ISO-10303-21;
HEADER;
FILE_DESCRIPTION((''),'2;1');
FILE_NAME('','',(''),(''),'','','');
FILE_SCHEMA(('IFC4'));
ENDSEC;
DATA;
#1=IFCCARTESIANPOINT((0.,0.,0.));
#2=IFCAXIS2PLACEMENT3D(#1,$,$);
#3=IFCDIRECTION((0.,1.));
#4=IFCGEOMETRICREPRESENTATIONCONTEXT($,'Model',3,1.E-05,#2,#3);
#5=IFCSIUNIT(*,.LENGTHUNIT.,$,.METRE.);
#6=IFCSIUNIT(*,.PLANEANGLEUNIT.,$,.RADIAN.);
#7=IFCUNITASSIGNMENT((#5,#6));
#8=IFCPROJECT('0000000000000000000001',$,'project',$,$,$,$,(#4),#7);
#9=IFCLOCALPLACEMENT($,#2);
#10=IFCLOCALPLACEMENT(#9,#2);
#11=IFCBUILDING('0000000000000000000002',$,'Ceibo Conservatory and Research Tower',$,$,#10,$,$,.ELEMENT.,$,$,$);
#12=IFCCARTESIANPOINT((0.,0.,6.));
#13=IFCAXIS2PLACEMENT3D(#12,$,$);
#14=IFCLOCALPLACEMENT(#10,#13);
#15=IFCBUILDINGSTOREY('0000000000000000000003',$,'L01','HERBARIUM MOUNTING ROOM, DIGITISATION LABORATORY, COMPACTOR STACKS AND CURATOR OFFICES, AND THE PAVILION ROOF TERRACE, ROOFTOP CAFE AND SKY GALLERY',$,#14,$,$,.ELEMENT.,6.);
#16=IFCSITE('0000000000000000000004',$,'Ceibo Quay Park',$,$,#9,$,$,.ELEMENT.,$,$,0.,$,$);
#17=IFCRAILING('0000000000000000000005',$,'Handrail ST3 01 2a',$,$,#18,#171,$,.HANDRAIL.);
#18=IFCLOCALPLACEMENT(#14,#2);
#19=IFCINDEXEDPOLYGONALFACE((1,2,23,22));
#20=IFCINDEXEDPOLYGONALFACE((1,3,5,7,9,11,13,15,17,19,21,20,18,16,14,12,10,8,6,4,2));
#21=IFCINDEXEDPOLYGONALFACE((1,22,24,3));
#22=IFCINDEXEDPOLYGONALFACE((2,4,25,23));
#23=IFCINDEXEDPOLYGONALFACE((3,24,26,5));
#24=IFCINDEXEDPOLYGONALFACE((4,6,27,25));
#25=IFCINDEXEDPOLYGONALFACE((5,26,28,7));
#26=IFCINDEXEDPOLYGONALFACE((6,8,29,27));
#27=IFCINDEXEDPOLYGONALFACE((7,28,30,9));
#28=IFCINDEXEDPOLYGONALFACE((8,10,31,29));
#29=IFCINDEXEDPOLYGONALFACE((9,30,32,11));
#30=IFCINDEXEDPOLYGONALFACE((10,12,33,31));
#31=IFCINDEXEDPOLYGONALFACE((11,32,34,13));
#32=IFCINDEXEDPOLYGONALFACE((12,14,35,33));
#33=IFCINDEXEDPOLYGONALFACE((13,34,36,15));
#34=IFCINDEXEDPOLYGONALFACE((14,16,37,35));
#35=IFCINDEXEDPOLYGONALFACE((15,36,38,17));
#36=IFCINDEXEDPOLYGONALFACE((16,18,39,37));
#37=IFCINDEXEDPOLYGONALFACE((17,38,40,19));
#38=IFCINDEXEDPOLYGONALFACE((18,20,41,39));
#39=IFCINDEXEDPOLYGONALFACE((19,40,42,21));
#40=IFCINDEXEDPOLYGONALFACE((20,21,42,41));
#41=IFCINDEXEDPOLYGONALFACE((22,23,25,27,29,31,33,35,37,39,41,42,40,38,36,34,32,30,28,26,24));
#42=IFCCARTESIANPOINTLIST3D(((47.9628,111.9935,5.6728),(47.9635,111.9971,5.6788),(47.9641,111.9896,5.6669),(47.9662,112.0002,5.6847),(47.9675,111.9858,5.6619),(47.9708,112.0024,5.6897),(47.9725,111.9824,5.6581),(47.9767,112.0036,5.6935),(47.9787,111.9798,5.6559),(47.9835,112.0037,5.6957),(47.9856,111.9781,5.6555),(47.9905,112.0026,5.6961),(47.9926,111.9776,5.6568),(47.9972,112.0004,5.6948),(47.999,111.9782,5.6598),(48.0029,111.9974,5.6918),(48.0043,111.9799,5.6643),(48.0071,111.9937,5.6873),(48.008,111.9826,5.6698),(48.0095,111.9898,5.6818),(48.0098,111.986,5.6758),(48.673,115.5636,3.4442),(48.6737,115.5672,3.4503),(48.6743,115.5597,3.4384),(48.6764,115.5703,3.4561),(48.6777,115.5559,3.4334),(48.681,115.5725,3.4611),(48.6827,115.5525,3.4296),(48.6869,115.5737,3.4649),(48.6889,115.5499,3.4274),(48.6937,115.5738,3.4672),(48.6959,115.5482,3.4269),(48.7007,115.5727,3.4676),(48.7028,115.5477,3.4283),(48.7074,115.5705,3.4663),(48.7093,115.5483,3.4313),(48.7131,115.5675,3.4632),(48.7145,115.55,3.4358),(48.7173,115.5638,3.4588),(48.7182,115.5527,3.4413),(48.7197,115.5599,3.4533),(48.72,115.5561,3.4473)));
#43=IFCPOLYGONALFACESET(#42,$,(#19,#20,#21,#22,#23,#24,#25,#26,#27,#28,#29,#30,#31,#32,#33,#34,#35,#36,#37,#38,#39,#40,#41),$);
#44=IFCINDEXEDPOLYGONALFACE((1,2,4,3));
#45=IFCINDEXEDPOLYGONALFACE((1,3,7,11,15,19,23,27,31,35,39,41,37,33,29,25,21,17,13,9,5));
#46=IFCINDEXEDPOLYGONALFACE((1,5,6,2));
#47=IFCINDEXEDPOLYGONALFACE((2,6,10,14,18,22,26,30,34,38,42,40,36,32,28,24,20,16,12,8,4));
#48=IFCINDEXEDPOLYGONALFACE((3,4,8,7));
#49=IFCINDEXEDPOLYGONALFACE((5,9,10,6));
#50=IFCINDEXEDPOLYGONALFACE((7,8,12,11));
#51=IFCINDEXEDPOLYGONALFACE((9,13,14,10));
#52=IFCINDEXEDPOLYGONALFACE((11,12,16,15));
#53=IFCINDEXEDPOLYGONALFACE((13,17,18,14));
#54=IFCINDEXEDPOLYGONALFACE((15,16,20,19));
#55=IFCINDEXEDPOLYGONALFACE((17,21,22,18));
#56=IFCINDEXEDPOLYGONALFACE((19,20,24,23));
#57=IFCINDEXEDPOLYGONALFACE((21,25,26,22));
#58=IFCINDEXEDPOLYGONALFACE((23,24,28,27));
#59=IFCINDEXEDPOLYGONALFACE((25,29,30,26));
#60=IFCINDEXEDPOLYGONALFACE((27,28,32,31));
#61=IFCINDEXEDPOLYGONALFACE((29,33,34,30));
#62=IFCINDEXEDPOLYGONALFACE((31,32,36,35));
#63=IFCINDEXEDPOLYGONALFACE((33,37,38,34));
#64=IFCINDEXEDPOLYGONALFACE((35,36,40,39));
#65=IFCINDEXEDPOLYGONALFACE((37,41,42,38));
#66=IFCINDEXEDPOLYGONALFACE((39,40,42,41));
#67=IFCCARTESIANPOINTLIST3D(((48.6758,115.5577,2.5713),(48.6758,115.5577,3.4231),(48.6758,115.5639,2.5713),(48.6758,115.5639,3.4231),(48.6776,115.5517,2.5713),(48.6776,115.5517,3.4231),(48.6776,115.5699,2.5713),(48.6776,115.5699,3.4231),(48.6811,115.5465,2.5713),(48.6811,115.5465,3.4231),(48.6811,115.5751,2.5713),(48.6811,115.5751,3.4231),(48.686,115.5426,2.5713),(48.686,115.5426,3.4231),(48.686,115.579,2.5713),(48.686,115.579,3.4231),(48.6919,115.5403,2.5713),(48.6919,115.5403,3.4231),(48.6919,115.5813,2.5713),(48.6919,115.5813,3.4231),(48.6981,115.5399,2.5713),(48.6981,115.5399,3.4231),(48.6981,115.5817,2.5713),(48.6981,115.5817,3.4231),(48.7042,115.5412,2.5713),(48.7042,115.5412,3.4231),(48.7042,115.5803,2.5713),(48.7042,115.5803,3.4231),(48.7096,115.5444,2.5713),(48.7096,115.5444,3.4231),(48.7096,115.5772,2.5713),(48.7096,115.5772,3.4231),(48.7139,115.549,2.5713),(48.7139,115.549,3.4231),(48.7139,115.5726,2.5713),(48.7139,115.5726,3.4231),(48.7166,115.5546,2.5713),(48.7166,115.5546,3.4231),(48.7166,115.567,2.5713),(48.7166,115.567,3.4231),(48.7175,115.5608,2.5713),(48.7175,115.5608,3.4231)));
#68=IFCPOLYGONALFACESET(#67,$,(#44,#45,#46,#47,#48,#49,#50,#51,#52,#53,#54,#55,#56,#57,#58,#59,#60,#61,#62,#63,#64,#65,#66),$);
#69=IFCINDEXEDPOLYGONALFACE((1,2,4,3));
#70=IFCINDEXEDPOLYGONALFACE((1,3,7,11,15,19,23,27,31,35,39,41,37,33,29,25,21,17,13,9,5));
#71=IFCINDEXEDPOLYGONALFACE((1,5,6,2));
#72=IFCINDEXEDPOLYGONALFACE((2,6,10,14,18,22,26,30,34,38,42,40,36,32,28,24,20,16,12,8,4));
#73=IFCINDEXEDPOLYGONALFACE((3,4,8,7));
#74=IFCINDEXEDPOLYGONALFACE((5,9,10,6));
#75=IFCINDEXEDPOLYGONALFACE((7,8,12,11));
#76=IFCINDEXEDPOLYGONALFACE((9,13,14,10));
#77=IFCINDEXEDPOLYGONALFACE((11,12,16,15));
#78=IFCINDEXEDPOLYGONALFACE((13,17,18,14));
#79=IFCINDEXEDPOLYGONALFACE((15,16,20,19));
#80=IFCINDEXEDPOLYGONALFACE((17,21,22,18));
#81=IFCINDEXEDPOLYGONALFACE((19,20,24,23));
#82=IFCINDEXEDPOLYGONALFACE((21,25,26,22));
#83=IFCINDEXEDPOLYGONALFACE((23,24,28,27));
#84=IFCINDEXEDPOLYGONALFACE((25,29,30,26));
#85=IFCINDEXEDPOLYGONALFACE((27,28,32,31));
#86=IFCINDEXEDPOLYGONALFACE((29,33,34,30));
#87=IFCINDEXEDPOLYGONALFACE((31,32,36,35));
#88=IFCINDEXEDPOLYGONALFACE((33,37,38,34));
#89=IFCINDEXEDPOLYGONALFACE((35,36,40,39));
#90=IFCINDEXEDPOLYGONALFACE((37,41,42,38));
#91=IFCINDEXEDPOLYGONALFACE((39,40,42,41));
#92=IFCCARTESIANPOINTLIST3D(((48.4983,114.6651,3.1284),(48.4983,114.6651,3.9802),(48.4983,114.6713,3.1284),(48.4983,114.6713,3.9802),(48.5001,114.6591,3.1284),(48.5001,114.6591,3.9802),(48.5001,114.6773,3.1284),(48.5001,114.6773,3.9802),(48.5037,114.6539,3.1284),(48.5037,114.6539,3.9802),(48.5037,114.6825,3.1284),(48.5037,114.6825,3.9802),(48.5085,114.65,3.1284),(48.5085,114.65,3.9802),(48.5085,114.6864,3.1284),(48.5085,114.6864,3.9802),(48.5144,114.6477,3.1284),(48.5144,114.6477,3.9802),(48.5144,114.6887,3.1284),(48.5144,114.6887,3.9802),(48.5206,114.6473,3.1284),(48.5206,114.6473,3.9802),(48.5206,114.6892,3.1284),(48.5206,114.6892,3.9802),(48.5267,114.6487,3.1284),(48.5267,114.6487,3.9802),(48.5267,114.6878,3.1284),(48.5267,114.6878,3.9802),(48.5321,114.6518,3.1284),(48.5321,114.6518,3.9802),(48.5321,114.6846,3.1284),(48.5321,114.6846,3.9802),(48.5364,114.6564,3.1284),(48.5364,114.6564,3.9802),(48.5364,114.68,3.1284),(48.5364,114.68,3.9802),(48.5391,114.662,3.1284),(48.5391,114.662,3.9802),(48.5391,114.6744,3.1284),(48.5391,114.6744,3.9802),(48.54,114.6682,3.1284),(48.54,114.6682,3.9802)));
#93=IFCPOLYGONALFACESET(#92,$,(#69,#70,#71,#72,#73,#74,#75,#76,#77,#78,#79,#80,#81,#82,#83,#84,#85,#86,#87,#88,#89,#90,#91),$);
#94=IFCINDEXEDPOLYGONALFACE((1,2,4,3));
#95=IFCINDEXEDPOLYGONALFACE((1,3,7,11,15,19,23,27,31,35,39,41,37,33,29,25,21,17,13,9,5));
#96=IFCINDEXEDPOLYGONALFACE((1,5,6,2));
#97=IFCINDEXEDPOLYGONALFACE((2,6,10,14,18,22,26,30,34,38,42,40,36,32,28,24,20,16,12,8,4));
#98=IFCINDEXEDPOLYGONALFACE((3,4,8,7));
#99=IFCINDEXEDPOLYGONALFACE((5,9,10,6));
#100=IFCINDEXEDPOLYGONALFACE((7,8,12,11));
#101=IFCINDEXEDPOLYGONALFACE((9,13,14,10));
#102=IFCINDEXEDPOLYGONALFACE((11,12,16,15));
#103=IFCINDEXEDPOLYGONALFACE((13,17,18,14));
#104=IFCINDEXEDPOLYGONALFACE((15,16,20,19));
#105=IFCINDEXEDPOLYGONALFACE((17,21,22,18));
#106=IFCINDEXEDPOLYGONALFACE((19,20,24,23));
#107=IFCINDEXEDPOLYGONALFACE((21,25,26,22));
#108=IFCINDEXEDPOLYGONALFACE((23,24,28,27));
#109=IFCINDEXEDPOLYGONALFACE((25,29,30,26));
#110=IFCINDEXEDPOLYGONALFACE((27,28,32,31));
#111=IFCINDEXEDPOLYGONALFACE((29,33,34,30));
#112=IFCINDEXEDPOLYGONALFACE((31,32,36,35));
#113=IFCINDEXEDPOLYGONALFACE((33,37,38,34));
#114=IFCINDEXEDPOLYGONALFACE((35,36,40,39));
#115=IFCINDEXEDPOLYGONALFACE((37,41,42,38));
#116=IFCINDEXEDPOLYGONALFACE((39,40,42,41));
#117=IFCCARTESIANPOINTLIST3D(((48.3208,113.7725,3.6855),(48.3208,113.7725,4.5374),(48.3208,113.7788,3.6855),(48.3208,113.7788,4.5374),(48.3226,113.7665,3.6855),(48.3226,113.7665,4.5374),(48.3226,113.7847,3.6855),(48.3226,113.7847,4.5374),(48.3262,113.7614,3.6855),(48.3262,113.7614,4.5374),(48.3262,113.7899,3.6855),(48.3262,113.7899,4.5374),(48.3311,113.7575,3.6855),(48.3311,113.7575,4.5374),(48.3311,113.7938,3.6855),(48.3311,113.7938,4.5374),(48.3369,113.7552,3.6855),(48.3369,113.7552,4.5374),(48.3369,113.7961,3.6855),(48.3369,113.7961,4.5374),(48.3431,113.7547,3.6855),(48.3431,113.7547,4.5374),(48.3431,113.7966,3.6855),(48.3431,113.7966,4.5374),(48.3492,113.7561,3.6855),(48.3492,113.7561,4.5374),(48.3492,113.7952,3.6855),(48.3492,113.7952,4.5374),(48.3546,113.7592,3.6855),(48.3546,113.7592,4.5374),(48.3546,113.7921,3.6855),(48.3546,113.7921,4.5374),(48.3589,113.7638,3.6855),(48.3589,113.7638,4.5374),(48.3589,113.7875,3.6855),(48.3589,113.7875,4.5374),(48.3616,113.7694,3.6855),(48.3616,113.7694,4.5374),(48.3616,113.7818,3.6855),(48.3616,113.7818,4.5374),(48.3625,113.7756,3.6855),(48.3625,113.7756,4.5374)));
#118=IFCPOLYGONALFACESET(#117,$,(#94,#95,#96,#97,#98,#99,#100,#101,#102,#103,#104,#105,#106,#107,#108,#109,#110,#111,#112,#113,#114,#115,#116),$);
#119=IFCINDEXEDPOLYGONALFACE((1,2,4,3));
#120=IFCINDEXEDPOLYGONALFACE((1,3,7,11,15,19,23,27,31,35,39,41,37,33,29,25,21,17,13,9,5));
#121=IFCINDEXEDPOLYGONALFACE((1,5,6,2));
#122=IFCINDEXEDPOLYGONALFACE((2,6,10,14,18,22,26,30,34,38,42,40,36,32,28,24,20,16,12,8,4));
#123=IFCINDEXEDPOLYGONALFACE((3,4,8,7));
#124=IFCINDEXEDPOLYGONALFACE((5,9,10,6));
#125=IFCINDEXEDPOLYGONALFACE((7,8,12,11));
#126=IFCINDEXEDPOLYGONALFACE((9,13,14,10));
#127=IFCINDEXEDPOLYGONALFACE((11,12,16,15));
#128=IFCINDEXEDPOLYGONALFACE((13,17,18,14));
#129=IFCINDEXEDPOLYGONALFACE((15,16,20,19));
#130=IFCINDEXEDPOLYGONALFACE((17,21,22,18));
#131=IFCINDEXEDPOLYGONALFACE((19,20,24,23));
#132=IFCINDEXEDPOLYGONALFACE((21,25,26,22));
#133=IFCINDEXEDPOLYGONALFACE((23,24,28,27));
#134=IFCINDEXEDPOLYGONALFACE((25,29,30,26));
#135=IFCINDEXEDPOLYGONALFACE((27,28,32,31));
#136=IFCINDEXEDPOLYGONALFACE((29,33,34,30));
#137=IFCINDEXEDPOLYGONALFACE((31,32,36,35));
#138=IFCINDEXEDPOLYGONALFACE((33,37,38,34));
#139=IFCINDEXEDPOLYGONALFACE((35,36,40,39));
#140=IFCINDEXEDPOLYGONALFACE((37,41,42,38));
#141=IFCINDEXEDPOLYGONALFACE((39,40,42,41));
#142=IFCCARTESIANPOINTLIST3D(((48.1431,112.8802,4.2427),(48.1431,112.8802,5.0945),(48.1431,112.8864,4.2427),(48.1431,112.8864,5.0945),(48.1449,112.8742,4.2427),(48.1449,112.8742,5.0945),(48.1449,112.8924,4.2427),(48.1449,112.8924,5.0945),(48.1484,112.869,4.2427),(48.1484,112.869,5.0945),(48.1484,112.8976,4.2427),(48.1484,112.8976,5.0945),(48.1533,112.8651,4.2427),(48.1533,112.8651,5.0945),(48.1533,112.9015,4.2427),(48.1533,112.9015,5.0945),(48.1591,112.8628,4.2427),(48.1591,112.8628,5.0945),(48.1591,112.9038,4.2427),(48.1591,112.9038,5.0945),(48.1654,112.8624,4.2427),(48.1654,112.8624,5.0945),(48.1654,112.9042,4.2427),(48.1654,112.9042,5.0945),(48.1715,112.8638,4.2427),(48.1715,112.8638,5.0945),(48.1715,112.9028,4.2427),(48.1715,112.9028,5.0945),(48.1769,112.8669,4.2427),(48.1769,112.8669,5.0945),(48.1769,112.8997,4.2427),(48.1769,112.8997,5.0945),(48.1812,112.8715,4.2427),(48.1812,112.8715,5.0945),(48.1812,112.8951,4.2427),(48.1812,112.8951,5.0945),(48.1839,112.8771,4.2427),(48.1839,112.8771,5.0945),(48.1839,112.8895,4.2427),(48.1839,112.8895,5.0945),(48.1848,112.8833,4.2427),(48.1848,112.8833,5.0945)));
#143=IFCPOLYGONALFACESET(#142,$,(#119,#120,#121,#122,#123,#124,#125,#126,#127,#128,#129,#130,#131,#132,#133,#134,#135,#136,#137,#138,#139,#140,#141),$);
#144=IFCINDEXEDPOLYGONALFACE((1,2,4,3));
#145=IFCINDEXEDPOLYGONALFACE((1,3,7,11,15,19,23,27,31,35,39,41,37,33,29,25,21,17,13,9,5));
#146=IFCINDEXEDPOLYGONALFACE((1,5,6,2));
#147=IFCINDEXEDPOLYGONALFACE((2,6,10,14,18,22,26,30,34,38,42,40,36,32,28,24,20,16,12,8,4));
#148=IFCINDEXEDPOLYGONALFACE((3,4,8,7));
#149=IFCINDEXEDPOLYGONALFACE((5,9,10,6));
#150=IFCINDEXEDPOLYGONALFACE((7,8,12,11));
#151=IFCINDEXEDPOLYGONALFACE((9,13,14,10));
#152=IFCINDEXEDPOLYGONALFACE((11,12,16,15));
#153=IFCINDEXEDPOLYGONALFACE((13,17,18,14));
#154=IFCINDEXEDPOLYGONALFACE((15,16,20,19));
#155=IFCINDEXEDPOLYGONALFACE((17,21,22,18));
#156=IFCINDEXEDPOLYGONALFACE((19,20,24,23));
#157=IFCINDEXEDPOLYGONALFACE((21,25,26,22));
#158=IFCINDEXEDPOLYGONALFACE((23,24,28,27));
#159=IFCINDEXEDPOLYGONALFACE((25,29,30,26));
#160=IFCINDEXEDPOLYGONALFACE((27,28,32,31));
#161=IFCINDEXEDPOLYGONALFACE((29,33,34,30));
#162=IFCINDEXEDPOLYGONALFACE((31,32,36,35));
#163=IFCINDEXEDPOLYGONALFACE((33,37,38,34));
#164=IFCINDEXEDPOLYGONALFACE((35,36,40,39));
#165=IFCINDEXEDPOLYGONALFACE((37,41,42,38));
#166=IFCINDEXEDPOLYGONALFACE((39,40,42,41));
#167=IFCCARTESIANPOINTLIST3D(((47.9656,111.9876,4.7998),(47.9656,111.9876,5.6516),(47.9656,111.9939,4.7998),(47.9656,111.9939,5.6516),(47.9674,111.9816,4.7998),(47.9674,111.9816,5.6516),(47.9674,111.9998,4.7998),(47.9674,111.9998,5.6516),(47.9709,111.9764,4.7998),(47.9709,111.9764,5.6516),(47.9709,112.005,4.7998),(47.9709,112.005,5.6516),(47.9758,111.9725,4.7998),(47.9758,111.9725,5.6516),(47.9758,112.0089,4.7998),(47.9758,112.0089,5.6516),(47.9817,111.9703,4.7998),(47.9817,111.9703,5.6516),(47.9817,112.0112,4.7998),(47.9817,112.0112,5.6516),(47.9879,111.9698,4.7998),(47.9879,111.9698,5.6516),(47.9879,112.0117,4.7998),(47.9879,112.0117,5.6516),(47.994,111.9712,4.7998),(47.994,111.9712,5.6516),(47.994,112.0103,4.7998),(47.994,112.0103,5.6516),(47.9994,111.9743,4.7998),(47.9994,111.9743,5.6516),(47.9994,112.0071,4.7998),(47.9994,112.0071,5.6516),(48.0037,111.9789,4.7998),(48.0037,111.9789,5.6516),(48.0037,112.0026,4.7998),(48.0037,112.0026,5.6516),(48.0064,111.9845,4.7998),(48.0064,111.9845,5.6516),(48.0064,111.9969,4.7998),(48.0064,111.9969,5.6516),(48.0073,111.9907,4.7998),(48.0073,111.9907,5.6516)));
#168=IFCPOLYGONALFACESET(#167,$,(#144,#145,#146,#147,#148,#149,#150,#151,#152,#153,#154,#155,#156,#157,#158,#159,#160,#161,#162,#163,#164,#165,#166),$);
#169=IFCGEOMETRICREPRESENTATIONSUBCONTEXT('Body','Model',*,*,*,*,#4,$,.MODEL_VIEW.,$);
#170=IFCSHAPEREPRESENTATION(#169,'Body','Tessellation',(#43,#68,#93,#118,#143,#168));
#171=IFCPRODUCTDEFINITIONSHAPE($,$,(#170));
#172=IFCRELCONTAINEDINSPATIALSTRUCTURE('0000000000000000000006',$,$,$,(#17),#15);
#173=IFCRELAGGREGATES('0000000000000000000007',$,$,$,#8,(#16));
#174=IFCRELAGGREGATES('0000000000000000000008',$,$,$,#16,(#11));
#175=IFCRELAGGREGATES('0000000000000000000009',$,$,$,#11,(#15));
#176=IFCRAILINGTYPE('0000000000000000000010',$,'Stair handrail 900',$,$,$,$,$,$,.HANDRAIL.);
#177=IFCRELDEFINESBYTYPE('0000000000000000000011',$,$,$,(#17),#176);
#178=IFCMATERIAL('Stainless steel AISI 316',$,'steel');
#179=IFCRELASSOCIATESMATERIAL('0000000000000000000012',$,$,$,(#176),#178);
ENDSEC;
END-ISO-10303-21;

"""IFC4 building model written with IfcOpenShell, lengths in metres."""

from ifc_helpers import new_model, si_unit, direction, frame, origin, origin_2d, place, context, subcontext, project, spatial, circle, extrude, material, type_object, element, save


model = new_model("IFC4")

# Units and contexts
model_context = context("Model", 3, precision=1e-05, world=origin(), true_north=direction((0.0, 1.0)))
body_context = subcontext(model_context, "Body", "Model", "MODEL_VIEW")
ifc_project = project(units=[si_unit("LENGTHUNIT", "METRE"), si_unit("PLANEANGLEUNIT", "RADIAN")], contexts=[model_context])

# Site, building, storey
site_placement = place(None, origin())
site = spatial("IfcSite", under=ifc_project, at=site_placement, Name="Ceibo Quay Park", CompositionType="ELEMENT", RefElevation=0.0)
building_placement = place(site_placement, origin())
building = spatial("IfcBuilding", under=site, at=building_placement, Name="Ceibo Conservatory and Research Tower", CompositionType="ELEMENT")
storey_placement = place(building_placement, frame((0.0, 0.0, 6.0)))
storey = spatial("IfcBuildingStorey", under=building, at=storey_placement, Name="L01", Description="HERBARIUM MOUNTING ROOM, DIGITISATION LABORATORY, COMPACTOR STACKS AND CURATOR OFFICES, AND THE PAVILION ROOF TERRACE, ROOFTOP CAFE AND SKY GALLERY", CompositionType="ELEMENT", Elevation=6.0)

# Railing
ifc_material_1 = material(Name="Stainless steel AISI 316", Category="steel")
railing_type = type_object("IfcRailingType", Name="Stair handrail 900", PredefinedType="HANDRAIL", material=ifc_material_1)
railing_1_placement = place(storey_placement, frame((48.6965, 115.5608, 2.5713)))
element("IfcRailing", 1, at=railing_1_placement, inside=storey, type_object=railing_type, Name="Handrail ST3 01 2a", PredefinedType="HANDRAIL", context=body_context, shape_type="SweptSolid", body=[
    extrude(circle(Radius=0.0239, at=origin_2d()), frame((0.0, 0.0, 0.876), z_axis=(-0.166401, -0.836468, 0.522142), x_axis=(0.980781, -0.19511, 0.0)), (0.0, 0.0, 1.0), 4.2681),
    extrude(circle(Radius=0.021, at=origin_2d()), origin(), (0.0, 0.0, 1.0), 0.8518),
    extrude(circle(Radius=0.021, at=origin_2d()), frame((-0.1775, -0.8926, 0.5571)), (0.0, 0.0, 1.0), 0.8518),
    extrude(circle(Radius=0.021, at=origin_2d()), frame((-0.355, -1.7852, 1.1143)), (0.0, 0.0, 1.0), 0.8518),
    extrude(circle(Radius=0.021, at=origin_2d()), frame((-0.5327, -2.6775, 1.6714)), (0.0, 0.0, 1.0), 0.8518),
    extrude(circle(Radius=0.021, at=origin_2d()), frame((-0.7102, -3.5701, 2.2285)), (0.0, 0.0, 1.0), 0.8518),
])

save(model, "model.ifc")
